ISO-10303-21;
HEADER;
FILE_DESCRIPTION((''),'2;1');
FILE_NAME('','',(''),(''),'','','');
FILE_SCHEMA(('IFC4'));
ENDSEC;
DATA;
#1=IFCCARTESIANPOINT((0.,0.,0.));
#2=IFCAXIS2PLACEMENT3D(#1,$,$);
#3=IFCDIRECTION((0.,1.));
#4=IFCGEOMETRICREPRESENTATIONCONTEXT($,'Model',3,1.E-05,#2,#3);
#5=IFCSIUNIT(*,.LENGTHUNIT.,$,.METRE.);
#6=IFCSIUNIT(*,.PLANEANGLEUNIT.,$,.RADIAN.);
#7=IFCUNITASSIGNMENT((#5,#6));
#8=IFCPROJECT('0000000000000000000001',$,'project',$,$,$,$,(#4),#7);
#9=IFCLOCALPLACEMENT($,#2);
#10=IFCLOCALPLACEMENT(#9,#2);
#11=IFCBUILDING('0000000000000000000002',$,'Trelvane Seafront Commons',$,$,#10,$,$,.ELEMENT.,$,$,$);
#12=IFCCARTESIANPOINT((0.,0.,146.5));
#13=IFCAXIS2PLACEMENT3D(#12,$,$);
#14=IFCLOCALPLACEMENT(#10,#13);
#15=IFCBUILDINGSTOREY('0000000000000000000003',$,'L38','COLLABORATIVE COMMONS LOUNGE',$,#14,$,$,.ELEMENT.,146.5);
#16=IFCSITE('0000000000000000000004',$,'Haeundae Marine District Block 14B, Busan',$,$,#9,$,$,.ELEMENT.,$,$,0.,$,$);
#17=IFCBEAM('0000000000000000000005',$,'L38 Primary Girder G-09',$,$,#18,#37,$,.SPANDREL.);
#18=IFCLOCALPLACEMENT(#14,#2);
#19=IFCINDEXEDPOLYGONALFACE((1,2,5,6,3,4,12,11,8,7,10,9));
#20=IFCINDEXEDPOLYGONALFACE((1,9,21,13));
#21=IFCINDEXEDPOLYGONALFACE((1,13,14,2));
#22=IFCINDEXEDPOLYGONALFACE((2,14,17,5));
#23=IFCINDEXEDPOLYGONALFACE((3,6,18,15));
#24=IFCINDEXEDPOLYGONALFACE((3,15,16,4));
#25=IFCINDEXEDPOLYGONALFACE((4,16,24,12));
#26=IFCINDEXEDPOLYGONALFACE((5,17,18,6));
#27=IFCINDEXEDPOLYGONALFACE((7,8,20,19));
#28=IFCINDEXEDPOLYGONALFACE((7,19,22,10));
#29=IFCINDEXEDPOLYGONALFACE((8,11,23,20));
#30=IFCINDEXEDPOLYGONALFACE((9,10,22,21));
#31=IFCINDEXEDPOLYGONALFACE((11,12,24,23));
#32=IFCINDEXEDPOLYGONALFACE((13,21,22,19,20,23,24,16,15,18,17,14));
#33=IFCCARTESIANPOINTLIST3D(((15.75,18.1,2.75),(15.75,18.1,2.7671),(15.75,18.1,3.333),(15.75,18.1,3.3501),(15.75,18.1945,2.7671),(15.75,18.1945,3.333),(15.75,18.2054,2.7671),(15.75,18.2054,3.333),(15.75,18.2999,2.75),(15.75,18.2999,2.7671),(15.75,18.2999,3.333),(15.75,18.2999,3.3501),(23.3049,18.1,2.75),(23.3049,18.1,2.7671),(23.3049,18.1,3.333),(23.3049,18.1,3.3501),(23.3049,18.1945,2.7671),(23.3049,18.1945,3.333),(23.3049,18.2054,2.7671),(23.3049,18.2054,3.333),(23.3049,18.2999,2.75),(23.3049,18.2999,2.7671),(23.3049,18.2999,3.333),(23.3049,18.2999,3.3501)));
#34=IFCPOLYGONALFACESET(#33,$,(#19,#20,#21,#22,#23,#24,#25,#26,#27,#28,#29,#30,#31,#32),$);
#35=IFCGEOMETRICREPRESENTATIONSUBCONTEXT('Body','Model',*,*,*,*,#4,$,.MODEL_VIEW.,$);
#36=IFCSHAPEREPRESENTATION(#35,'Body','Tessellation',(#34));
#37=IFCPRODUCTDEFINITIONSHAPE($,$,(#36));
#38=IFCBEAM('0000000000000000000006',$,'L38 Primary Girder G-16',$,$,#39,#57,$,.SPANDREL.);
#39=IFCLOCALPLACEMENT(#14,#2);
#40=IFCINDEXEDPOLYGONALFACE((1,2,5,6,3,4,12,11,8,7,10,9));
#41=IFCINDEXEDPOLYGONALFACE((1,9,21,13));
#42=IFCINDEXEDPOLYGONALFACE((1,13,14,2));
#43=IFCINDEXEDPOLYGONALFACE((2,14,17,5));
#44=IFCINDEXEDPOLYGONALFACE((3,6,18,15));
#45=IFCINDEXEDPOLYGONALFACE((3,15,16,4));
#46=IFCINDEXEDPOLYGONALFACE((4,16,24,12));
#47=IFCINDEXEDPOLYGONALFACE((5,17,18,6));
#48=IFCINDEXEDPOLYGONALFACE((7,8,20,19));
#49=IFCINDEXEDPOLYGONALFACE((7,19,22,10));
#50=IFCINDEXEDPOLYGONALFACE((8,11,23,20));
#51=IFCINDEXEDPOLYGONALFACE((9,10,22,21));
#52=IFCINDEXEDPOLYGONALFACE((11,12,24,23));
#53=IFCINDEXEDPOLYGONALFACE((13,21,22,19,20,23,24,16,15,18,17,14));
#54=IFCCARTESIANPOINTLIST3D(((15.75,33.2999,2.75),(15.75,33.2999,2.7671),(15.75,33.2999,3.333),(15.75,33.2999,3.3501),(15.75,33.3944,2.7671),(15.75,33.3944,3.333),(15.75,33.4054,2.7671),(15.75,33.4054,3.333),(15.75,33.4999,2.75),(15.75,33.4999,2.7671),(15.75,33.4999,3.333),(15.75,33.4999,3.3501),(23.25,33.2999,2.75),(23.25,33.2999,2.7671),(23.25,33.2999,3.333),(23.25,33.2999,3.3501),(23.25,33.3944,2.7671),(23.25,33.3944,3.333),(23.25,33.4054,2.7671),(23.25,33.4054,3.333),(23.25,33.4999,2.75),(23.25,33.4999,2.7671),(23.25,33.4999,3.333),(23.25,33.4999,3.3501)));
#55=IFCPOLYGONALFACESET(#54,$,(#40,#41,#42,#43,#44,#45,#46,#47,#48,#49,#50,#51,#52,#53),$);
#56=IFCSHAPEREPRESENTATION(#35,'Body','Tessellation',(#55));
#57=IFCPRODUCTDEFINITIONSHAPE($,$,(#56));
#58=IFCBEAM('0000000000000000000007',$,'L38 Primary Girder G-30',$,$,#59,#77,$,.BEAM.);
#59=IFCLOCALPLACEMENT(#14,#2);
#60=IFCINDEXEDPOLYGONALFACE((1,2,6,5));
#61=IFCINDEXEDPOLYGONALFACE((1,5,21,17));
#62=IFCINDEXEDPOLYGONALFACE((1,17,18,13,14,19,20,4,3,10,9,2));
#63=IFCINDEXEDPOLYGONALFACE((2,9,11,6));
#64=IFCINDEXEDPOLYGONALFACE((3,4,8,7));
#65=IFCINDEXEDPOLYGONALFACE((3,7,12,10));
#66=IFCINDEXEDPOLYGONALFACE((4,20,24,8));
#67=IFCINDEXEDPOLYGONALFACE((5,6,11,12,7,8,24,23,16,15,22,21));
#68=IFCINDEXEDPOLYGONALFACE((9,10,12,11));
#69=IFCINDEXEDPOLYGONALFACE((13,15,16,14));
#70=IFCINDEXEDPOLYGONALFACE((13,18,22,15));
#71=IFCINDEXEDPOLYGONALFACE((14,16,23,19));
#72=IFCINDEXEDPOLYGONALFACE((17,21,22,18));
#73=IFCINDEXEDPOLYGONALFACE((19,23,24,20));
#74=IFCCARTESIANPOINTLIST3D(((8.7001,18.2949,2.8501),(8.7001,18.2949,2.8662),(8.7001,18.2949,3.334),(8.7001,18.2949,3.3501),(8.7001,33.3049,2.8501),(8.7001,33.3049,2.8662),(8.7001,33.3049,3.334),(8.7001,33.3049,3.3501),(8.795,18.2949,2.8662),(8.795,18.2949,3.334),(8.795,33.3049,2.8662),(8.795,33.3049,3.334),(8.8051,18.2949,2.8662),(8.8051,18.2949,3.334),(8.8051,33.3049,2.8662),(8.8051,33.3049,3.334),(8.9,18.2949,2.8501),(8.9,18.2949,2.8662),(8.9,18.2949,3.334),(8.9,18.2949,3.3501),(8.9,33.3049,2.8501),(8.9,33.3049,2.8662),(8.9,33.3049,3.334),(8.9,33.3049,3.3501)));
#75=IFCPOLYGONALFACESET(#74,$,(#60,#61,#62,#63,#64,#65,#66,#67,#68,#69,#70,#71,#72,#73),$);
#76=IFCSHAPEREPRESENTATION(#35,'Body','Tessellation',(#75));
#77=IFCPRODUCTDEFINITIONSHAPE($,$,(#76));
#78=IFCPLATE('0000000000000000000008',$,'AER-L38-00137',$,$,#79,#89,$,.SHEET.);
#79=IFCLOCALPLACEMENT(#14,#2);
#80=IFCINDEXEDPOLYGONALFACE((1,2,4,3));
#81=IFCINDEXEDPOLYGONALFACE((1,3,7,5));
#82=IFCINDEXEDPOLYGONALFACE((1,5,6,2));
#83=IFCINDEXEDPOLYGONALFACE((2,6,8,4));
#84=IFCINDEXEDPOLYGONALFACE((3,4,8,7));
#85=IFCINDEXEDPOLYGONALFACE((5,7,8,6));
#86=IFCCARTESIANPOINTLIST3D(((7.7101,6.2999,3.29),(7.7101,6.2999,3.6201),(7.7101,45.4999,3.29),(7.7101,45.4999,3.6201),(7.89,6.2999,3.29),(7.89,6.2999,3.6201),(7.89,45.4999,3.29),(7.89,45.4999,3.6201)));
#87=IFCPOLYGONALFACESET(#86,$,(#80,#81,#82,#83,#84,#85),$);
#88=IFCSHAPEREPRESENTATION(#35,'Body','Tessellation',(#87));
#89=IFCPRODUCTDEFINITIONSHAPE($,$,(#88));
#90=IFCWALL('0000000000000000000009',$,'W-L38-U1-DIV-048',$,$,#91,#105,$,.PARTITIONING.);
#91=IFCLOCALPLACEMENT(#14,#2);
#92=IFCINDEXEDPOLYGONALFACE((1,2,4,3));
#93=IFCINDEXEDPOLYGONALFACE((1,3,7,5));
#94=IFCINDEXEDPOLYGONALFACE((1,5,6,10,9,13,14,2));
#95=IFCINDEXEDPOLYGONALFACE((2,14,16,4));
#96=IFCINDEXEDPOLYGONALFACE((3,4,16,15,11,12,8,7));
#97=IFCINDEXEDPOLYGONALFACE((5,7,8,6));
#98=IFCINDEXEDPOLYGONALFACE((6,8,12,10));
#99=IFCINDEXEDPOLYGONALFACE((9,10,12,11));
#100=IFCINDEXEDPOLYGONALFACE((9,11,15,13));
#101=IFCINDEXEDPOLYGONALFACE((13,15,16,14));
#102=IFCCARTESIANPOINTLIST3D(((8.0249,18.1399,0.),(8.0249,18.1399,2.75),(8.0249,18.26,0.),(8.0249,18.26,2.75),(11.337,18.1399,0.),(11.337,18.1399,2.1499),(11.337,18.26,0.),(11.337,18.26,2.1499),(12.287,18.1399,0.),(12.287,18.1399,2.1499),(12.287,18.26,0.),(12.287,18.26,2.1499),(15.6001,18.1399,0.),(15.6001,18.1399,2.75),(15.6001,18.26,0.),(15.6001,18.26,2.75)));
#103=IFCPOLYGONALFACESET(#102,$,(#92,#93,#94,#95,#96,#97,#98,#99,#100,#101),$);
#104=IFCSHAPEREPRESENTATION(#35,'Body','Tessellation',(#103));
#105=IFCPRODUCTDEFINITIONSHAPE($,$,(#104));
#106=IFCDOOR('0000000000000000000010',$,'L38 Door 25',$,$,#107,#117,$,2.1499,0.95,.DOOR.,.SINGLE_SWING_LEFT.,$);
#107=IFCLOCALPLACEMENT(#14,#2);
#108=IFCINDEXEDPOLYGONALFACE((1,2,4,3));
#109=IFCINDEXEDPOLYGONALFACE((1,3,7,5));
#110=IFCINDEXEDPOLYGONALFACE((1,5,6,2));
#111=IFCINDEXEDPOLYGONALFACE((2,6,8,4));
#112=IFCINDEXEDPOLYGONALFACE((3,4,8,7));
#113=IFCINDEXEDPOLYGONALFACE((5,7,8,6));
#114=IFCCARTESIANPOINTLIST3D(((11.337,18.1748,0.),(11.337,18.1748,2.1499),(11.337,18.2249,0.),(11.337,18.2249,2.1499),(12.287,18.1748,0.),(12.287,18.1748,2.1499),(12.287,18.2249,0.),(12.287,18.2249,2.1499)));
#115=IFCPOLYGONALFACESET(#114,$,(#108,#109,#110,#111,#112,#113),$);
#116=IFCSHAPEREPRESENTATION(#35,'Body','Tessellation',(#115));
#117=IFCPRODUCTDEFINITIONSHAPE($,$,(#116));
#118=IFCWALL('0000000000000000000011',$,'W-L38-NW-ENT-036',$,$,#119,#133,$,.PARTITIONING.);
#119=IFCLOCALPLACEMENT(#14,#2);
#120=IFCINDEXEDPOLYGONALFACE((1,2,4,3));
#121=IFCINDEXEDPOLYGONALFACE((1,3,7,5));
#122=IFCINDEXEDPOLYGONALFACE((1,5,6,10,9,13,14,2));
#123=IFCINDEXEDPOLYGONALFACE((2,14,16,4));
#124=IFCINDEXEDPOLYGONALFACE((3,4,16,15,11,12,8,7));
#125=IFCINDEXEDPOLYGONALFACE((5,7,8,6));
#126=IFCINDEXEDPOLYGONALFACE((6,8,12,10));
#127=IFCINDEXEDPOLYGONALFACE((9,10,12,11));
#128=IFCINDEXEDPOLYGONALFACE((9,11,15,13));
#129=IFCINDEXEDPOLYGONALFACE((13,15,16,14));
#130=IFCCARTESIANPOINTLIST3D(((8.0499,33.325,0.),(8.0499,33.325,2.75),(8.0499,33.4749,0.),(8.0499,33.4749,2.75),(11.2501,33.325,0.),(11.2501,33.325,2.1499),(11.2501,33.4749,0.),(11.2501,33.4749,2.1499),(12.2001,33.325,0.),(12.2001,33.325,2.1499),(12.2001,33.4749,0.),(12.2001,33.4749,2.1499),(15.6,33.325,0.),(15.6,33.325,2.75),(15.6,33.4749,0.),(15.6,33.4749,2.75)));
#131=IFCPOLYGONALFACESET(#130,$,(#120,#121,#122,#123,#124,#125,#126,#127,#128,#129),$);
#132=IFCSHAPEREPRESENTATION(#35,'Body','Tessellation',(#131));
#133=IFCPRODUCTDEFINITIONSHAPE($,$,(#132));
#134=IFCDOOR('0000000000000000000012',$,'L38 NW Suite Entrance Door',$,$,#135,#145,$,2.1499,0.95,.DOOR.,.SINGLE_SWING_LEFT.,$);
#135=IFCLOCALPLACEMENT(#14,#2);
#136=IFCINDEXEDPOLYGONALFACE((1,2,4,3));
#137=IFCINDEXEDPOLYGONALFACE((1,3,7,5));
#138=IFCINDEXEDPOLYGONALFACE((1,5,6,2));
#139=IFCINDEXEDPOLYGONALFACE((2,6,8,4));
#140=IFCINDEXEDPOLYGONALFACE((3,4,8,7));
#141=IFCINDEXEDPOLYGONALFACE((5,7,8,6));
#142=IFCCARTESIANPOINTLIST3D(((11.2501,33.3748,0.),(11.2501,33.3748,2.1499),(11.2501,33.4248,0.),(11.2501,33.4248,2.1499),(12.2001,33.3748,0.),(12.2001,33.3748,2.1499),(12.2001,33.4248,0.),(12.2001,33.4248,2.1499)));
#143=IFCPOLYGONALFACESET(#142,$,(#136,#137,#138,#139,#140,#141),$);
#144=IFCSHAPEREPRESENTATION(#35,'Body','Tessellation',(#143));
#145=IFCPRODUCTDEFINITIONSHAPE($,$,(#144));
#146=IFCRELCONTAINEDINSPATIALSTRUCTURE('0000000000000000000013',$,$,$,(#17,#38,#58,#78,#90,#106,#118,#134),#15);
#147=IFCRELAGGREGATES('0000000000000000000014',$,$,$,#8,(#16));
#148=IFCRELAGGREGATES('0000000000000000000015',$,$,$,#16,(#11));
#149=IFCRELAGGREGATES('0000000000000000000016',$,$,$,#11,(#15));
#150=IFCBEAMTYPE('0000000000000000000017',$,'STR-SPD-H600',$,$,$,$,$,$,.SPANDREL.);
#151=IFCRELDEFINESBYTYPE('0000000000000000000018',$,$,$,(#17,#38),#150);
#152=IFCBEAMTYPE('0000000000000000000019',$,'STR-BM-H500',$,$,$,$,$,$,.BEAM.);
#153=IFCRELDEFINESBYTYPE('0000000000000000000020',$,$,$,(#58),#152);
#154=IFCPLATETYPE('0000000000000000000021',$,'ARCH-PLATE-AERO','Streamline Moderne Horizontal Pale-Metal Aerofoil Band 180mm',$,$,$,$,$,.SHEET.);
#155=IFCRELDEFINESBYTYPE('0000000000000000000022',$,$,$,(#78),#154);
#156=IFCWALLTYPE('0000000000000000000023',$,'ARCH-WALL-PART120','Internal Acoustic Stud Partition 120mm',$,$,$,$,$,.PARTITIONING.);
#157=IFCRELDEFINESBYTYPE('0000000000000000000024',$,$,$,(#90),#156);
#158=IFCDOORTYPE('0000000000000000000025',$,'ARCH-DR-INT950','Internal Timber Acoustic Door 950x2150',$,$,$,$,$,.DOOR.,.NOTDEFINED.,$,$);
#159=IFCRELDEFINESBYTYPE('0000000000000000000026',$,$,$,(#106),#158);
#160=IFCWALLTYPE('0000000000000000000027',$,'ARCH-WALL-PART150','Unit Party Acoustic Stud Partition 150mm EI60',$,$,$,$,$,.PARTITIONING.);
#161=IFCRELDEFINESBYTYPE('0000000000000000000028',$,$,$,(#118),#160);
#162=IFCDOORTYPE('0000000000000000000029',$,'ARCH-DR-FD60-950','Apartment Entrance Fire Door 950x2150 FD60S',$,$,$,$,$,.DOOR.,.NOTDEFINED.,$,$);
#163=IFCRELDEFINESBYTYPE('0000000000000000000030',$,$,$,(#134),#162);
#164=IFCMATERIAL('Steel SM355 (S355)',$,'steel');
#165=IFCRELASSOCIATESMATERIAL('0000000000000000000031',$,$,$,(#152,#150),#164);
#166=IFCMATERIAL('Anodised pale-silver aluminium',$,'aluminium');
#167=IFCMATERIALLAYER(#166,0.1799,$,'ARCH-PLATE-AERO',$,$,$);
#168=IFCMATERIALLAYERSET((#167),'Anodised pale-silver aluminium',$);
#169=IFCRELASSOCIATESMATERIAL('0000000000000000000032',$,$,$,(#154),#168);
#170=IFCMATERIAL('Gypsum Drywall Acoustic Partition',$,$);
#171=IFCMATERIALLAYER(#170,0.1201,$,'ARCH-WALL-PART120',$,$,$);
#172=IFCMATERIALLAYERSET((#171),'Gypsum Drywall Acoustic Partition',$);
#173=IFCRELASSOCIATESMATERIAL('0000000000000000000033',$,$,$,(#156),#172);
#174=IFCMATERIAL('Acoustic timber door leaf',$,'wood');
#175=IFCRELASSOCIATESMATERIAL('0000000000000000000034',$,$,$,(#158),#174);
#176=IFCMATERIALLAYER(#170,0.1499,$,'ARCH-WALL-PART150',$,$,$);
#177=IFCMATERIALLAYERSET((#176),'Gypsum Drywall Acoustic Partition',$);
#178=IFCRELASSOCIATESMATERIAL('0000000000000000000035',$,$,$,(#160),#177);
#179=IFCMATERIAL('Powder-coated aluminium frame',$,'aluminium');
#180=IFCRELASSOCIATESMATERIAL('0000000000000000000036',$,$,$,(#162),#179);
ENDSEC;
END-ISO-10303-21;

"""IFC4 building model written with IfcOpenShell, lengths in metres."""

from ifc_helpers import new_model, si_unit, direction, frame, frame_2d, origin, origin_2d, place, context, subcontext, project, spatial, rectangle, i_section, extrude, source, transform, mapped, material, layer, layer_set, material_profile, profile_set, type_object, element, fill, save


model = new_model("IFC4")

# Units and contexts
model_context = context("Model", 3, precision=1e-05, world=origin(), true_north=direction((0.0, 1.0)))
body_context = subcontext(model_context, "Body", "Model", "MODEL_VIEW")
ifc_project = project(units=[si_unit("LENGTHUNIT", "METRE"), si_unit("PLANEANGLEUNIT", "RADIAN")], contexts=[model_context])

# Site, building, storey
site_placement = place(None, origin())
site = spatial("IfcSite", under=ifc_project, at=site_placement, Name="Haeundae Marine District Block 14B, Busan", CompositionType="ELEMENT", RefElevation=0.0)
building_placement = place(site_placement, origin())
building = spatial("IfcBuilding", under=site, at=building_placement, Name="Trelvane Seafront Commons", CompositionType="ELEMENT")
storey_placement = place(building_placement, frame((0.0, 0.0, 146.5)))
storey = spatial("IfcBuildingStorey", under=building, at=storey_placement, Name="L38", Description="COLLABORATIVE COMMONS LOUNGE", CompositionType="ELEMENT", Elevation=146.5)

# Shared definitions
ifc_material_1 = material(Name="Steel SM355 (S355)", Category="steel")

# Beams
ifc_material_profile_1 = material_profile(ifc_material_1, i_section(OverallWidth=0.2, OverallDepth=0.5, WebThickness=0.01, FlangeThickness=0.0161, at=origin_2d()), Name="H-500x200x10x16")
ifc_profile_set_1 = profile_set([ifc_material_profile_1], Name="Steel SM355 (S355)")
beam_type_1 = type_object("IfcBeamType", Name="STR-BM-H500", PredefinedType="BEAM", material=ifc_profile_set_1)
ifc_material_profile_2 = material_profile(ifc_material_1, i_section(OverallWidth=0.2, OverallDepth=0.6001, WebThickness=0.011, FlangeThickness=0.0171, at=origin_2d()), Name="H-600x200x11x17")
ifc_profile_set_2 = profile_set([ifc_material_profile_2], Name="Steel SM355 (S355)")
beam_type_2 = type_object("IfcBeamType", Name="STR-SPD-H600", PredefinedType="SPANDREL", material=ifc_profile_set_2)
shared_shape_1 = source(origin(), body_context, "Body", "SweptSolid", [
    extrude(i_section(OverallWidth=0.2, OverallDepth=0.6001, WebThickness=0.011, FlangeThickness=0.0171, at=origin_2d()), origin(), (0.0, 0.0, 1.0), 7.5549),
])
beam_1_placement = place(storey_placement, frame((15.75, 18.2, 3.05), z_axis=(1.0, 0.0, 0.0), x_axis=(0.0, 1.0, 0.0)))
element("IfcBeam", 1, at=beam_1_placement, inside=storey, type_object=beam_type_2, Name="L38 Primary Girder G-09", PredefinedType="SPANDREL", context=body_context, shape_type="MappedRepresentation", body=[
    mapped(shared_shape_1, transform((0.0, 0.0, 0.0), x_axis=(1.0, 0.0, 0.0), y_axis=(0.0, 1.0, 0.0), z_axis=(0.0, 0.0, 1.0), scale=1.0)),
])
shared_shape_2 = source(origin(), body_context, "Body", "SweptSolid", [
    extrude(i_section(OverallWidth=0.2, OverallDepth=0.6001, WebThickness=0.011, FlangeThickness=0.0171, at=origin_2d()), origin(), (0.0, 0.0, 1.0), 7.5),
])
beam_2_placement = place(storey_placement, frame((15.75, 33.3999, 3.05), z_axis=(1.0, 0.0, 0.0), x_axis=(0.0, 1.0, 0.0)))
element("IfcBeam", 2, at=beam_2_placement, inside=storey, type_object=beam_type_2, Name="L38 Primary Girder G-16", PredefinedType="SPANDREL", context=body_context, shape_type="MappedRepresentation", body=[
    mapped(shared_shape_2, transform((0.0, 0.0, 0.0), x_axis=(1.0, 0.0, 0.0), y_axis=(0.0, 1.0, 0.0), z_axis=(0.0, 0.0, 1.0), scale=1.0)),
])
shared_shape_3 = source(origin(), body_context, "Body", "SweptSolid", [
    extrude(i_section(OverallWidth=0.2, OverallDepth=0.5, WebThickness=0.01, FlangeThickness=0.0161, at=origin_2d()), origin(), (0.0, 0.0, 1.0), 15.01),
])
beam_3_placement = place(storey_placement, frame((8.8, 18.2949, 3.1001), z_axis=(0.0, 1.0, 0.0), x_axis=(-1.0, 0.0, 0.0)))
element("IfcBeam", 3, at=beam_3_placement, inside=storey, type_object=beam_type_1, Name="L38 Primary Girder G-30", PredefinedType="BEAM", context=body_context, shape_type="MappedRepresentation", body=[
    mapped(shared_shape_3, transform((0.0, 0.0, 0.0), x_axis=(1.0, 0.0, 0.0), y_axis=(0.0, 1.0, 0.0), z_axis=(0.0, 0.0, 1.0), scale=1.0)),
])

# Plate
ifc_material_2 = material(Name="Anodised pale-silver aluminium", Category="aluminium")
ifc_layer_1 = layer(ifc_material_2, 0.1799, Name="ARCH-PLATE-AERO")
ifc_layer_set_1 = layer_set([ifc_layer_1], Name="Anodised pale-silver aluminium")
plate_type = type_object("IfcPlateType", Name="ARCH-PLATE-AERO", Description="Streamline Moderne Horizontal Pale-Metal Aerofoil Band 180mm", PredefinedType="SHEET", material=ifc_layer_set_1)
shared_shape_4 = source(origin(), body_context, "Body", "SweptSolid", [
    extrude(rectangle(XDim=39.2, YDim=0.1799, at=origin_2d()), origin(), (0.0, 0.0, 1.0), 0.3301),
])
plate_placement = place(storey_placement, frame((7.8, 25.8999, 3.29), z_axis=(0.0, 0.0, 1.0), x_axis=(0.0, 1.0, 0.0)))
element("IfcPlate", 4, at=plate_placement, inside=storey, type_object=plate_type, Name="AER-L38-00137", PredefinedType="SHEET", context=body_context, shape_type="MappedRepresentation", body=[
    mapped(shared_shape_4, transform((0.0, 0.0, 0.0), x_axis=(1.0, 0.0, 0.0), y_axis=(0.0, 1.0, 0.0), z_axis=(0.0, 0.0, 1.0), scale=1.0)),
])

# Walls, openings, doors
ifc_material_3 = material(Name="Gypsum Drywall Acoustic Partition")
ifc_layer_2 = layer(ifc_material_3, 0.1201, Name="ARCH-WALL-PART120")
ifc_layer_set_2 = layer_set([ifc_layer_2], Name="Gypsum Drywall Acoustic Partition")
wall_type_1 = type_object("IfcWallType", Name="ARCH-WALL-PART120", Description="Internal Acoustic Stud Partition 120mm", PredefinedType="PARTITIONING", material=ifc_layer_set_2)
wall_1_placement = place(storey_placement, frame((8.0249, 18.2, 0.0), z_axis=(0.0, 0.0, 1.0), x_axis=(1.0, 0.0, 0.0)))
wall_1 = element("IfcWall", 5, at=wall_1_placement, inside=storey, type_object=wall_type_1, Name="W-L38-U1-DIV-048", PredefinedType="PARTITIONING", context=body_context, shape_type="SweptSolid", body=[
    extrude(rectangle(XDim=7.5752, YDim=0.1201, at=frame_2d((3.7876, 0.0))), origin(), (0.0, 0.0, 1.0), 2.75),
])
opening_1_placement = place(wall_1_placement, frame((3.312, 0.0, 0.0)))
opening_1 = element("IfcOpeningElement", 6, at=opening_1_placement, cuts=wall_1, PredefinedType="OPENING", context=body_context, shape_type="SweptSolid", body=[
    extrude(rectangle(XDim=0.95, YDim=2.1499, at=frame_2d((0.4751, 1.075))), frame((0.0, 0.0701, 0.0), z_axis=(0.0, -1.0, 0.0), x_axis=(1.0, 0.0, 0.0)), (0.0, 0.0, 1.0), 0.1401),
])
ifc_material_4 = material(Name="Acoustic timber door leaf", Category="wood")
door_type_1 = type_object("IfcDoorType", Name="ARCH-DR-INT950", Description="Internal Timber Acoustic Door 950x2150", OperationType="NOTDEFINED", PredefinedType="DOOR", material=ifc_material_4)
shared_shape_5 = source(origin(), body_context, "Body", "SweptSolid", [
    extrude(rectangle(XDim=0.95, YDim=2.1499, at=frame_2d((0.4751, 1.075))), frame((0.0, 0.0249, 0.0), z_axis=(0.0, -1.0, 0.0), x_axis=(1.0, 0.0, 0.0)), (0.0, 0.0, 1.0), 0.05),
])
door_1_placement = place(opening_1_placement, origin())
door_1 = element("IfcDoor", 7, at=door_1_placement, inside=storey, type_object=door_type_1, Name="L38 Door 25", OperationType="SINGLE_SWING_LEFT", OverallHeight=2.1499, OverallWidth=0.95, PredefinedType="DOOR", context=body_context, shape_type="MappedRepresentation", body=[
    mapped(shared_shape_5, transform((0.0, 0.0, 0.0), x_axis=(1.0, 0.0, 0.0), y_axis=(0.0, 1.0, 0.0), z_axis=(0.0, 0.0, 1.0), scale=1.0)),
])
fill(opening_1, door_1)
ifc_layer_3 = layer(ifc_material_3, 0.1499, Name="ARCH-WALL-PART150")
ifc_layer_set_3 = layer_set([ifc_layer_3], Name="Gypsum Drywall Acoustic Partition")
wall_type_2 = type_object("IfcWallType", Name="ARCH-WALL-PART150", Description="Unit Party Acoustic Stud Partition 150mm EI60", PredefinedType="PARTITIONING", material=ifc_layer_set_3)
wall_2_placement = place(storey_placement, frame((8.05, 33.3999, 0.0), z_axis=(0.0, 0.0, 1.0), x_axis=(1.0, 0.0, 0.0)))
wall_2 = element("IfcWall", 8, at=wall_2_placement, inside=storey, type_object=wall_type_2, Name="W-L38-NW-ENT-036", PredefinedType="PARTITIONING", context=body_context, shape_type="SweptSolid", body=[
    extrude(rectangle(XDim=7.55, YDim=0.1499, at=frame_2d((3.7749, 0.0))), origin(), (0.0, 0.0, 1.0), 2.75),
])
opening_2_placement = place(wall_2_placement, frame((3.2, 0.0, 0.0)))
opening_2 = element("IfcOpeningElement", 9, at=opening_2_placement, cuts=wall_2, PredefinedType="OPENING", context=body_context, shape_type="SweptSolid", body=[
    extrude(rectangle(XDim=0.95, YDim=2.1499, at=frame_2d((0.4751, 1.075))), frame((0.0, 0.085, 0.0), z_axis=(0.0, -1.0, 0.0), x_axis=(1.0, 0.0, 0.0)), (0.0, 0.0, 1.0), 0.1699),
])
ifc_material_5 = material(Name="Powder-coated aluminium frame", Category="aluminium")
door_type_2 = type_object("IfcDoorType", Name="ARCH-DR-FD60-950", Description="Apartment Entrance Fire Door 950x2150 FD60S", OperationType="NOTDEFINED", PredefinedType="DOOR", material=ifc_material_5)
door_2_placement = place(opening_2_placement, origin())
door_2 = element("IfcDoor", 10, at=door_2_placement, inside=storey, type_object=door_type_2, Name="L38 NW Suite Entrance Door", OperationType="SINGLE_SWING_LEFT", OverallHeight=2.1499, OverallWidth=0.95, PredefinedType="DOOR", context=body_context, shape_type="MappedRepresentation", body=[
    mapped(shared_shape_5, transform((0.0, 0.0, 0.0), x_axis=(1.0, 0.0, 0.0), y_axis=(0.0, 1.0, 0.0), z_axis=(0.0, 0.0, 1.0), scale=1.0)),
])
fill(opening_2, door_2)

save(model, "model.ifc")
